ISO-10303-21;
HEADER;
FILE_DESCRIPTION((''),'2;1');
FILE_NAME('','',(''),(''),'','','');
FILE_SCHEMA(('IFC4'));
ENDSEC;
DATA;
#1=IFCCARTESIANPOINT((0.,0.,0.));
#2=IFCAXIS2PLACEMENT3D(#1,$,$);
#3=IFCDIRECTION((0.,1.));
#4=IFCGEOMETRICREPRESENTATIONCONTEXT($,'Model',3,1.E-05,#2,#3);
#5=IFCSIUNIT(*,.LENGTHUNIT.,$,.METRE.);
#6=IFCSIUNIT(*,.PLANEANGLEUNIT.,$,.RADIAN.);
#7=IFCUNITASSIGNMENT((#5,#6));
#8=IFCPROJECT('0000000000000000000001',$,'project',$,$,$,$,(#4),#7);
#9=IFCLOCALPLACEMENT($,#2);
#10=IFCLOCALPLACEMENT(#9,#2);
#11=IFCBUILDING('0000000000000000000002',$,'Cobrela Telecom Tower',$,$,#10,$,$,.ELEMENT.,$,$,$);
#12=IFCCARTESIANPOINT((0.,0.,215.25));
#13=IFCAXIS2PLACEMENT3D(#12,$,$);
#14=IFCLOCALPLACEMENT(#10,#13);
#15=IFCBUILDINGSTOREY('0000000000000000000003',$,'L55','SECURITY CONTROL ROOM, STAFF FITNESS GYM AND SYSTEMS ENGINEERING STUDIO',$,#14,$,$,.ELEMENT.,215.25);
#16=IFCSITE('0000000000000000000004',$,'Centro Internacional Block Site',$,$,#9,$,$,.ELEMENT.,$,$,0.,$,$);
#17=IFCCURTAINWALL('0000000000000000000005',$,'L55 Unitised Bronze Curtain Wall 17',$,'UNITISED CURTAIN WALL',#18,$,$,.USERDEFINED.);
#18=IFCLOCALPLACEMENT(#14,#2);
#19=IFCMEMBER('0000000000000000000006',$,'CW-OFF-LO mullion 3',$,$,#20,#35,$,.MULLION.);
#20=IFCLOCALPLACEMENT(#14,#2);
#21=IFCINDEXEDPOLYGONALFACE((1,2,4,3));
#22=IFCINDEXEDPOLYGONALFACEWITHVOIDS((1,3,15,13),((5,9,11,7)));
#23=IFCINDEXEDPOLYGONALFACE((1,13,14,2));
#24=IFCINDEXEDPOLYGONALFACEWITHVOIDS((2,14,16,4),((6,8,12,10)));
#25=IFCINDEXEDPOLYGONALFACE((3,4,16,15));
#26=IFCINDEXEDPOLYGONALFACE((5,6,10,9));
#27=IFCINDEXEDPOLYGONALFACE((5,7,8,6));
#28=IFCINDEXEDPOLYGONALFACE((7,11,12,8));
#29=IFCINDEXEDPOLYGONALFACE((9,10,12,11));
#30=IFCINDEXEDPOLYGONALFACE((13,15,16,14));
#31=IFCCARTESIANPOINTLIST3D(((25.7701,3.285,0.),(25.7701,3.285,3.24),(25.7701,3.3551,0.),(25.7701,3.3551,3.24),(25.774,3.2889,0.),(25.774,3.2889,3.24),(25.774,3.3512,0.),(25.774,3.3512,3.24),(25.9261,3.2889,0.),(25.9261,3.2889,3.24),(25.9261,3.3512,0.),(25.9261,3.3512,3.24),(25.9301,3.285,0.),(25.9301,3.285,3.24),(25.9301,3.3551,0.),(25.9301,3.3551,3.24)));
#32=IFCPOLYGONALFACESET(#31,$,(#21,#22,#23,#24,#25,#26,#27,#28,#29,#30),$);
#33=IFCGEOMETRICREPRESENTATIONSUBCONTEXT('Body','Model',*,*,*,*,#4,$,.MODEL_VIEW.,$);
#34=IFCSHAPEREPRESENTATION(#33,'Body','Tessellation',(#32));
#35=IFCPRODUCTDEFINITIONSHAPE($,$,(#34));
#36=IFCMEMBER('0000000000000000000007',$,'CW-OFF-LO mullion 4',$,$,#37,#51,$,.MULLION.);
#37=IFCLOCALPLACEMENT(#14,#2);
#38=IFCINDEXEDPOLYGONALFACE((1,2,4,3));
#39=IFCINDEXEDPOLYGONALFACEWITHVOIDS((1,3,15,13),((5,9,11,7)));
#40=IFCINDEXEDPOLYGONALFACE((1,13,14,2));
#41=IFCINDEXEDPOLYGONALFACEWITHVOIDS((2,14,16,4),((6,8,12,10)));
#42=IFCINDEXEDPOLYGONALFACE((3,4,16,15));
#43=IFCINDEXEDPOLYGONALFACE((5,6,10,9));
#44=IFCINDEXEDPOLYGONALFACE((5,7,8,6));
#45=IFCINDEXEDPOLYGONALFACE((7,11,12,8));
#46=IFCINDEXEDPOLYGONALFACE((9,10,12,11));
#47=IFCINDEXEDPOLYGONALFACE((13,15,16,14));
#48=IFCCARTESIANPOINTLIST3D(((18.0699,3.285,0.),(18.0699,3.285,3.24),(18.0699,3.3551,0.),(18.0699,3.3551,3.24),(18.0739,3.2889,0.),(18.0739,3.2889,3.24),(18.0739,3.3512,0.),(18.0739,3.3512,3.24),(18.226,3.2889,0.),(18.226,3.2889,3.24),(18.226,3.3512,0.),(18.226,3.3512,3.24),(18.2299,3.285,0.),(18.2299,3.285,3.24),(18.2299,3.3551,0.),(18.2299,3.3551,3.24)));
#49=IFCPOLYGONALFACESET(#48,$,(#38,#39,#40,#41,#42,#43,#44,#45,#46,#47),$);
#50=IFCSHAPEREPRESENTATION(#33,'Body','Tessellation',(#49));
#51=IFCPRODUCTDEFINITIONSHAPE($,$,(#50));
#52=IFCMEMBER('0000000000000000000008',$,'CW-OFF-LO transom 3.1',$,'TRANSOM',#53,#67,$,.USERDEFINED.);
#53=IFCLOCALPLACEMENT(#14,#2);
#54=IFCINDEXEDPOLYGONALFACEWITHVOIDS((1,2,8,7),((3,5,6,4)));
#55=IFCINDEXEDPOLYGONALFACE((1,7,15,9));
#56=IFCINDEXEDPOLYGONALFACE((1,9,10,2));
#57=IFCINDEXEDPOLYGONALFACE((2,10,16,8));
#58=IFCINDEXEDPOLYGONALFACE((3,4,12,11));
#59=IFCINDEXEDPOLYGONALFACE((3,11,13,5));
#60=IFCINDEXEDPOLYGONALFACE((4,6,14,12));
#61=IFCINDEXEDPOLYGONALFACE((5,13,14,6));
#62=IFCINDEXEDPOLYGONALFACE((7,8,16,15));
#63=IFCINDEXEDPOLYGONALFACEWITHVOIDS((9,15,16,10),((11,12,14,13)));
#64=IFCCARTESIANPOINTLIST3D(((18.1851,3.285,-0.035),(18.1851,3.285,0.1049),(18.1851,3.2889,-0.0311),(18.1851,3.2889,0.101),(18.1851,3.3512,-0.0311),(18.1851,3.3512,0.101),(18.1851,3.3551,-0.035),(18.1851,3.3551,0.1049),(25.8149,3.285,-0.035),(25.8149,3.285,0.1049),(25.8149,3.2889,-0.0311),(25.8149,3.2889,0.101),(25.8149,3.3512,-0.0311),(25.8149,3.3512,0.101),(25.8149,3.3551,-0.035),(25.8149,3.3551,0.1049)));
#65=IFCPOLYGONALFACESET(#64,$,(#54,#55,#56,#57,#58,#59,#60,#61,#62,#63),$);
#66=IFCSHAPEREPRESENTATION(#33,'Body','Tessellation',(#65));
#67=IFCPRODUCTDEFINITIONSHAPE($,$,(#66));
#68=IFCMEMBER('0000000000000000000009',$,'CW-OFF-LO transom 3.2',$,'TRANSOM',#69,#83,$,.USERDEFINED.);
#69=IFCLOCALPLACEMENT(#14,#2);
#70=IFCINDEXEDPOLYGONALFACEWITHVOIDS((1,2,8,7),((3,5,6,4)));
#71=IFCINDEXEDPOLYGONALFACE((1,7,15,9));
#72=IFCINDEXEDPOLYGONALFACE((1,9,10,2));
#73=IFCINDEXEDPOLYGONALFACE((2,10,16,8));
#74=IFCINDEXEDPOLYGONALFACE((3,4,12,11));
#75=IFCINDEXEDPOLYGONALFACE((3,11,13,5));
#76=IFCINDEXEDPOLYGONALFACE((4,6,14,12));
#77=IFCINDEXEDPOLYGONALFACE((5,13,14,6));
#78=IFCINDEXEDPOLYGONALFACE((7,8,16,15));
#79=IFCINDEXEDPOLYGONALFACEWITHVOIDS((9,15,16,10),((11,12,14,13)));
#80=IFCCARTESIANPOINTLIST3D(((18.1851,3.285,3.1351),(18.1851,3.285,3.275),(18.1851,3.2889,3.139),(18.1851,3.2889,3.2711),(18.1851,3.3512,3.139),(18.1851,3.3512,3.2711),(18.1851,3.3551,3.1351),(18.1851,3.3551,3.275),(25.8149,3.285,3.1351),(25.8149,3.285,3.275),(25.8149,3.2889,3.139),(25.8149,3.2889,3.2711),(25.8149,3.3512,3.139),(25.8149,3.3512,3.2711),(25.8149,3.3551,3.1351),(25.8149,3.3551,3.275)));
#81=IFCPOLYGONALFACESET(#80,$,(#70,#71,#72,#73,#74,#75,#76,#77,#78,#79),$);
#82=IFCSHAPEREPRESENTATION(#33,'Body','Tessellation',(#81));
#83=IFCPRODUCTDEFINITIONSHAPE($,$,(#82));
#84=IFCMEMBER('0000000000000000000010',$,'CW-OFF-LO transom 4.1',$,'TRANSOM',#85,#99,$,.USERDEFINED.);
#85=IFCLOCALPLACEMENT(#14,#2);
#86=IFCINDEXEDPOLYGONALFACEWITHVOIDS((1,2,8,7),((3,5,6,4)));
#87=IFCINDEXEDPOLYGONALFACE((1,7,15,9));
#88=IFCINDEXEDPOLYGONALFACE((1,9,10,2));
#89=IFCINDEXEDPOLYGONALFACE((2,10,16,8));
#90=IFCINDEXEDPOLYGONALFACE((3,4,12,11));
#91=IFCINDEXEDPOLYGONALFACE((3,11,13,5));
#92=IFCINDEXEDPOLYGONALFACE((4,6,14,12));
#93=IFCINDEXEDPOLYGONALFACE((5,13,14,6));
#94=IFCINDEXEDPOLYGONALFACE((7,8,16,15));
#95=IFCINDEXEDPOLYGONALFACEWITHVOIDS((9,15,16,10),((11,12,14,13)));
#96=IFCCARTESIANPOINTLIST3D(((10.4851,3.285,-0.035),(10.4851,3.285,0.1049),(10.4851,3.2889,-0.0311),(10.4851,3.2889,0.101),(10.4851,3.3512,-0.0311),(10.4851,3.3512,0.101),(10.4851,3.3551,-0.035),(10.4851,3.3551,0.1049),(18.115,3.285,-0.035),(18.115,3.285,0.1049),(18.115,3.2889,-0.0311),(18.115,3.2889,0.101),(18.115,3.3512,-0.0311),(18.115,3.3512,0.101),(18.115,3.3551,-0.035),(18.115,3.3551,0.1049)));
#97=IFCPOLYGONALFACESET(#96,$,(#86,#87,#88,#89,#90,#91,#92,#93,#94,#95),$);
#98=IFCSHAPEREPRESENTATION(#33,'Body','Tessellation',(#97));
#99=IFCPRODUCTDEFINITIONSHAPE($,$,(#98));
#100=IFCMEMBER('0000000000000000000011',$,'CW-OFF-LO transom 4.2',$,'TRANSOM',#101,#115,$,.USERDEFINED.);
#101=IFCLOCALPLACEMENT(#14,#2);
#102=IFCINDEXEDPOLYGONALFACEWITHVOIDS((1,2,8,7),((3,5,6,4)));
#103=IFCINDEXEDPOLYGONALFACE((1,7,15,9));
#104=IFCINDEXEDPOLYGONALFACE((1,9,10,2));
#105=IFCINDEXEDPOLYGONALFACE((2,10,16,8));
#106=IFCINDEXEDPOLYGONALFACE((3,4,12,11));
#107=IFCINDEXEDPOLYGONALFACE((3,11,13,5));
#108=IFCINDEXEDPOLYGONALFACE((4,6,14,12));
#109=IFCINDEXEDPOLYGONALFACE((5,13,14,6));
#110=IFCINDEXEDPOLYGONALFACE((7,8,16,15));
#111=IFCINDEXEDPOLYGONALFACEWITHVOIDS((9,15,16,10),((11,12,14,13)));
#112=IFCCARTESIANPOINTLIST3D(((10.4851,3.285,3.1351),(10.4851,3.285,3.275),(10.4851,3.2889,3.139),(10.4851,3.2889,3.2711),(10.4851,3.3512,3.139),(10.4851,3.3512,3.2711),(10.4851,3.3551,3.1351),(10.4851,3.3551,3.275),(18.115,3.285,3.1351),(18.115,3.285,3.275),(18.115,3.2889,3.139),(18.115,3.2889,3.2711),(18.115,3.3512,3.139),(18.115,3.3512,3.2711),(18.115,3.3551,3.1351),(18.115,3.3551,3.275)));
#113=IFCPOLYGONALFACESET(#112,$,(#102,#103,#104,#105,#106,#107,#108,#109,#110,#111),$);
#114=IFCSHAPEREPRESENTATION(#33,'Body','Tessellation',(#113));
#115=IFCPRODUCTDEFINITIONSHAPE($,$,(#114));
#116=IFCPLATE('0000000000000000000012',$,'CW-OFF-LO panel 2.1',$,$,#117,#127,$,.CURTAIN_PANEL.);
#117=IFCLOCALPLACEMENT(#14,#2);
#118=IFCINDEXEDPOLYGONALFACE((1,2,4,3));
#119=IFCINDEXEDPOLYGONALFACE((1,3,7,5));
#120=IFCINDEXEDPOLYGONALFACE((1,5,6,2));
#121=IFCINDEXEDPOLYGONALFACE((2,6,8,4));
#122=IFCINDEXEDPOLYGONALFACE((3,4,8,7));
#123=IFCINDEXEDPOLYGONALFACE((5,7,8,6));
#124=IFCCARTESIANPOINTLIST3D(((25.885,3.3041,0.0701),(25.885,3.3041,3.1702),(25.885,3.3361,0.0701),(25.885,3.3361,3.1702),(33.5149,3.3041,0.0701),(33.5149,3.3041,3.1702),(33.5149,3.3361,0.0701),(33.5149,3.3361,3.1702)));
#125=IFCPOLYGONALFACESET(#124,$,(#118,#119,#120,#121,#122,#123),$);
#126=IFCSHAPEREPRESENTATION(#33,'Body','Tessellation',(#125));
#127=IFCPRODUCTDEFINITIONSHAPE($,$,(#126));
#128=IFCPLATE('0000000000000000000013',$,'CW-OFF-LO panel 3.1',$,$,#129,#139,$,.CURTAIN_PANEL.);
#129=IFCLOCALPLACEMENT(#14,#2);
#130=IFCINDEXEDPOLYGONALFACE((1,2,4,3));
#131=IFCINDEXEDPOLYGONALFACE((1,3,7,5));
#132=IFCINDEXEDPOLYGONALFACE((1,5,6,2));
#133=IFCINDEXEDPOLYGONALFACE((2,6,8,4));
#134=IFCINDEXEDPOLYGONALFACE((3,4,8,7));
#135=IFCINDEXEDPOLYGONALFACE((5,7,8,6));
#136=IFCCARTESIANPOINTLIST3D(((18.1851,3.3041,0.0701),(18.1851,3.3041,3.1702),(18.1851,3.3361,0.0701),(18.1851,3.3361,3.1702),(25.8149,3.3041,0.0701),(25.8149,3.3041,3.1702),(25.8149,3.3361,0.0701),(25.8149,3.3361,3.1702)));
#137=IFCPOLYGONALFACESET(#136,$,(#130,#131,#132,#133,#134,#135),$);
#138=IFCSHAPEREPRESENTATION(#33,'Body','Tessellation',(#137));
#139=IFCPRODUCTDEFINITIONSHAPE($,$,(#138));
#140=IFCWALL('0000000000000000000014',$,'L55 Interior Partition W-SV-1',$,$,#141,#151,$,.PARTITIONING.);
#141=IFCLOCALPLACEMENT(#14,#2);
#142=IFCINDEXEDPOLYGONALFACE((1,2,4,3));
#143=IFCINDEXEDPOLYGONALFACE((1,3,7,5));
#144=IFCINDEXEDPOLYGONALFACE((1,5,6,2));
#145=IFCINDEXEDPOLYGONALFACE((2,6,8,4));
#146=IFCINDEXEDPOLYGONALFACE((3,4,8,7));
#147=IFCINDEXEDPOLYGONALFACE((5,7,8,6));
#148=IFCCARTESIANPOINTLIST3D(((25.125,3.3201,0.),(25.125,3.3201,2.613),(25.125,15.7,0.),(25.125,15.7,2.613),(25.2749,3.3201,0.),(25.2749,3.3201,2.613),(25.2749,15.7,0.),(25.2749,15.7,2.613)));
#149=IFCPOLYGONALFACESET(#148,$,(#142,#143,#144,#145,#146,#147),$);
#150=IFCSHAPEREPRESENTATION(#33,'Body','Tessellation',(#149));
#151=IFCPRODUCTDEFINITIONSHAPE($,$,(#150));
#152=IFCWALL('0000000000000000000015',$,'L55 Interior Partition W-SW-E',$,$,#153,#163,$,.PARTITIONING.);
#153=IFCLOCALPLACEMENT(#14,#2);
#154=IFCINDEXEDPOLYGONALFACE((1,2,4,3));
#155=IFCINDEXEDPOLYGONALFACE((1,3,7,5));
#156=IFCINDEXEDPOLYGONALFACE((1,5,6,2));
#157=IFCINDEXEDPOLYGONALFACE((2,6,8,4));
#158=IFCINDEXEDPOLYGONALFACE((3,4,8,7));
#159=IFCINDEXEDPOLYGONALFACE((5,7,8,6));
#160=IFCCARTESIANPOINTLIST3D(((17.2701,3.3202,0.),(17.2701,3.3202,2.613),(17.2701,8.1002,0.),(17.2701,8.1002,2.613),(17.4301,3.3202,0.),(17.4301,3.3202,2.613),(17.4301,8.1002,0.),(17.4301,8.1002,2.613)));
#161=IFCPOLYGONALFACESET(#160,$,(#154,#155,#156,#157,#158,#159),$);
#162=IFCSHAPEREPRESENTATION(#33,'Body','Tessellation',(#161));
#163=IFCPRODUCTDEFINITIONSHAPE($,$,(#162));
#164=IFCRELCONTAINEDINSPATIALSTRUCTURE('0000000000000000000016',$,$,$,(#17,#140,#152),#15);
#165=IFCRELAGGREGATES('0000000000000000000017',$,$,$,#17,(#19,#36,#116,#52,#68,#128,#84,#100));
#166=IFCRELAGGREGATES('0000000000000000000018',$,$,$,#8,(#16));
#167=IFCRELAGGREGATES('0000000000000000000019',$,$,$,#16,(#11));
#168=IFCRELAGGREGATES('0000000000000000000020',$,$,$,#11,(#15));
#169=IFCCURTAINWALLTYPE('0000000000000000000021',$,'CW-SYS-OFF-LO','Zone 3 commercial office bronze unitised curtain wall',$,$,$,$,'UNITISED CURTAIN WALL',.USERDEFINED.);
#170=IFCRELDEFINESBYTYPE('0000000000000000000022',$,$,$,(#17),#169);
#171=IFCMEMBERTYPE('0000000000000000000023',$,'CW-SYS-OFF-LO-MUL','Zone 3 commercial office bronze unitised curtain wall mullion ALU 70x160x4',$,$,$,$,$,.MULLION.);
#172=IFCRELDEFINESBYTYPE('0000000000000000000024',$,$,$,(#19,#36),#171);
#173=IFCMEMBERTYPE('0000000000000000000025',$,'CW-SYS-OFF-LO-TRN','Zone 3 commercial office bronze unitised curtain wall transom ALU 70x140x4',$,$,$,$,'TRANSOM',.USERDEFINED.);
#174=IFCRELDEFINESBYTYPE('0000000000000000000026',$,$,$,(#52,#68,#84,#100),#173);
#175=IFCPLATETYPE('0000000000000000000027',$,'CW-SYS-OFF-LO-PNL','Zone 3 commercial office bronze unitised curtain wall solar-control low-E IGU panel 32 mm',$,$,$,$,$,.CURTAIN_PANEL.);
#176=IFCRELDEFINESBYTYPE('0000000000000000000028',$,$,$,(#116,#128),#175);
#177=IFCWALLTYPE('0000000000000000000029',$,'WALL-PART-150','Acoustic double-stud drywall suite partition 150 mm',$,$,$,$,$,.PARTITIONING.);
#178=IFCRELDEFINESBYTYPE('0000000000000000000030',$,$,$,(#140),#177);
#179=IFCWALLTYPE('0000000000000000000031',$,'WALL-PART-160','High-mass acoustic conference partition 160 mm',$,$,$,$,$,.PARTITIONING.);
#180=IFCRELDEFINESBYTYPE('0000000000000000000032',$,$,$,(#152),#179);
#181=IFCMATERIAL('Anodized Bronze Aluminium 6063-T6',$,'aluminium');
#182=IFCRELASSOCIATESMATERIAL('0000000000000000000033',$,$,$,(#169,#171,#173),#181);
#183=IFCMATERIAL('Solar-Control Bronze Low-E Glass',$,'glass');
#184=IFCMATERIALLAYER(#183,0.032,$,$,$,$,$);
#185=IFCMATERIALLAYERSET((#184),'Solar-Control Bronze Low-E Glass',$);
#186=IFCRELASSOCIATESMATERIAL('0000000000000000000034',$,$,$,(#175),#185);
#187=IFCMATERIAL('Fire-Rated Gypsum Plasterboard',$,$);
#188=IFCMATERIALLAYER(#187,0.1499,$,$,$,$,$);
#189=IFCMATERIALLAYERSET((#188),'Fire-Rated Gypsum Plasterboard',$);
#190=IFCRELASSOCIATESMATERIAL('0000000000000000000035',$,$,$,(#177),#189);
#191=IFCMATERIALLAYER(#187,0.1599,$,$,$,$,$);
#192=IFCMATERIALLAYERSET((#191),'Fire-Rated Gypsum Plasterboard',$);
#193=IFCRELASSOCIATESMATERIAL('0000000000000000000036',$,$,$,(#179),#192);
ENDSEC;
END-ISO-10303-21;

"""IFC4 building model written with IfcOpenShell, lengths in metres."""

from ifc_helpers import new_model, si_unit, direction, frame, frame_2d, origin, origin_2d, place, context, subcontext, project, spatial, rectangle, hollow_rectangle, extrude, material, layer, layer_set, material_profile, profile_set, type_object, element, aggregate, save


model = new_model("IFC4")

# Units and contexts
model_context = context("Model", 3, precision=1e-05, world=origin(), true_north=direction((0.0, 1.0)))
body_context = subcontext(model_context, "Body", "Model", "MODEL_VIEW")
ifc_project = project(units=[si_unit("LENGTHUNIT", "METRE"), si_unit("PLANEANGLEUNIT", "RADIAN")], contexts=[model_context])

# Site, building, storey
site_placement = place(None, origin())
site = spatial("IfcSite", under=ifc_project, at=site_placement, Name="Centro Internacional Block Site", CompositionType="ELEMENT", RefElevation=0.0)
building_placement = place(site_placement, origin())
building = spatial("IfcBuilding", under=site, at=building_placement, Name="Cobrela Telecom Tower", CompositionType="ELEMENT")
storey_placement = place(building_placement, frame((0.0, 0.0, 215.25)))
storey = spatial("IfcBuildingStorey", under=building, at=storey_placement, Name="L55", Description="SECURITY CONTROL ROOM, STAFF FITNESS GYM AND SYSTEMS ENGINEERING STUDIO", CompositionType="ELEMENT", Elevation=215.25)

# Curtain wall, members, plates
ifc_material_1 = material(Name="Anodized Bronze Aluminium 6063-T6", Category="aluminium")
curtain_wall_type = type_object("IfcCurtainWallType", Name="CW-SYS-OFF-LO", Description="Zone 3 commercial office bronze unitised curtain wall", ElementType="UNITISED CURTAIN WALL", PredefinedType="USERDEFINED", material=ifc_material_1)
curtain_wall_placement = place(storey_placement, origin())
curtain_wall = element("IfcCurtainWall", 1, at=curtain_wall_placement, inside=storey, type_object=curtain_wall_type, Name="L55 Unitised Bronze Curtain Wall 17", ObjectType="UNITISED CURTAIN WALL", PredefinedType="USERDEFINED")
ifc_material_profile_1 = material_profile(ifc_material_1, hollow_rectangle(XDim=0.0701, YDim=0.1599, WallThickness=0.0039, at=origin_2d()), Name="ALU 70x160x4")
ifc_profile_set_1 = profile_set([ifc_material_profile_1], Name="Anodized Bronze Aluminium 6063-T6")
member_type_1 = type_object("IfcMemberType", Name="CW-SYS-OFF-LO-MUL", Description="Zone 3 commercial office bronze unitised curtain wall mullion ALU 70x160x4", PredefinedType="MULLION", material=ifc_profile_set_1)
member_1_placement = place(storey_placement, frame((25.8501, 3.3201, 0.0), z_axis=(0.0, 0.0, 1.0), x_axis=(0.0, -1.0, 0.0)))
member_1 = element("IfcMember", 2, at=member_1_placement, type_object=member_type_1, Name="CW-OFF-LO mullion 3", PredefinedType="MULLION", context=body_context, shape_type="SweptSolid", body=[
    extrude(hollow_rectangle(XDim=0.0701, YDim=0.1599, WallThickness=0.0039, at=origin_2d()), origin(), (0.0, 0.0, 1.0), 3.24),
])
member_2_placement = place(storey_placement, frame((18.1499, 3.3201, 0.0), z_axis=(0.0, 0.0, 1.0), x_axis=(0.0, -1.0, 0.0)))
member_2 = element("IfcMember", 3, at=member_2_placement, type_object=member_type_1, Name="CW-OFF-LO mullion 4", PredefinedType="MULLION", context=body_context, shape_type="SweptSolid", body=[
    extrude(hollow_rectangle(XDim=0.0701, YDim=0.1599, WallThickness=0.0039, at=origin_2d()), origin(), (0.0, 0.0, 1.0), 3.24),
])
ifc_material_profile_2 = material_profile(ifc_material_1, hollow_rectangle(XDim=0.0701, YDim=0.1399, WallThickness=0.0039, at=origin_2d()), Name="ALU 70x140x4")
ifc_profile_set_2 = profile_set([ifc_material_profile_2], Name="Anodized Bronze Aluminium 6063-T6")
member_type_2 = type_object("IfcMemberType", Name="CW-SYS-OFF-LO-TRN", Description="Zone 3 commercial office bronze unitised curtain wall transom ALU 70x140x4", ElementType="TRANSOM", PredefinedType="USERDEFINED", material=ifc_profile_set_2)
member_3_placement = place(storey_placement, frame((25.8149, 3.3201, 0.0349), z_axis=(-1.0, 0.0, 0.0), x_axis=(0.0, -1.0, 0.0)))
member_3 = element("IfcMember", 4, at=member_3_placement, type_object=member_type_2, Name="CW-OFF-LO transom 3.1", ObjectType="TRANSOM", PredefinedType="USERDEFINED", context=body_context, shape_type="SweptSolid", body=[
    extrude(hollow_rectangle(XDim=0.0701, YDim=0.1399, WallThickness=0.0039, at=origin_2d()), origin(), (0.0, 0.0, 1.0), 7.6299),
])
member_4_placement = place(storey_placement, frame((25.8149, 3.3201, 3.2051), z_axis=(-1.0, 0.0, 0.0), x_axis=(0.0, -1.0, 0.0)))
member_4 = element("IfcMember", 5, at=member_4_placement, type_object=member_type_2, Name="CW-OFF-LO transom 3.2", ObjectType="TRANSOM", PredefinedType="USERDEFINED", context=body_context, shape_type="SweptSolid", body=[
    extrude(hollow_rectangle(XDim=0.0701, YDim=0.1399, WallThickness=0.0039, at=origin_2d()), origin(), (0.0, 0.0, 1.0), 7.6299),
])
member_5_placement = place(storey_placement, frame((18.115, 3.3201, 0.0349), z_axis=(-1.0, 0.0, 0.0), x_axis=(0.0, -1.0, 0.0)))
member_5 = element("IfcMember", 6, at=member_5_placement, type_object=member_type_2, Name="CW-OFF-LO transom 4.1", ObjectType="TRANSOM", PredefinedType="USERDEFINED", context=body_context, shape_type="SweptSolid", body=[
    extrude(hollow_rectangle(XDim=0.0701, YDim=0.1399, WallThickness=0.0039, at=origin_2d()), origin(), (0.0, 0.0, 1.0), 7.6299),
])
member_6_placement = place(storey_placement, frame((18.115, 3.3201, 3.2051), z_axis=(-1.0, 0.0, 0.0), x_axis=(0.0, -1.0, 0.0)))
member_6 = element("IfcMember", 7, at=member_6_placement, type_object=member_type_2, Name="CW-OFF-LO transom 4.2", ObjectType="TRANSOM", PredefinedType="USERDEFINED", context=body_context, shape_type="SweptSolid", body=[
    extrude(hollow_rectangle(XDim=0.0701, YDim=0.1399, WallThickness=0.0039, at=origin_2d()), origin(), (0.0, 0.0, 1.0), 7.6299),
])
ifc_material_2 = material(Name="Solar-Control Bronze Low-E Glass", Category="glass")
ifc_layer_1 = layer(ifc_material_2, 0.032)
ifc_layer_set_1 = layer_set([ifc_layer_1], Name="Solar-Control Bronze Low-E Glass")
plate_type = type_object("IfcPlateType", Name="CW-SYS-OFF-LO-PNL", Description="Zone 3 commercial office bronze unitised curtain wall solar-control low-E IGU panel 32 mm", PredefinedType="CURTAIN_PANEL", material=ifc_layer_set_1)
plate_1_placement = place(storey_placement, frame((29.7, 3.3201, 0.0701), z_axis=(0.0, 0.0, 1.0), x_axis=(-1.0, 0.0, 0.0)))
plate_1 = element("IfcPlate", 8, at=plate_1_placement, type_object=plate_type, Name="CW-OFF-LO panel 2.1", PredefinedType="CURTAIN_PANEL", context=body_context, shape_type="SweptSolid", body=[
    extrude(rectangle(XDim=7.6299, YDim=0.032, at=origin_2d()), origin(), (0.0, 0.0, 1.0), 3.1001),
])
plate_2_placement = place(storey_placement, frame((22.0, 3.3201, 0.0701), z_axis=(0.0, 0.0, 1.0), x_axis=(-1.0, 0.0, 0.0)))
plate_2 = element("IfcPlate", 9, at=plate_2_placement, type_object=plate_type, Name="CW-OFF-LO panel 3.1", PredefinedType="CURTAIN_PANEL", context=body_context, shape_type="SweptSolid", body=[
    extrude(rectangle(XDim=7.6299, YDim=0.032, at=origin_2d()), origin(), (0.0, 0.0, 1.0), 3.1001),
])
aggregate(curtain_wall, [member_1, member_2, plate_1, member_3, member_4, plate_2, member_5, member_6])

# Walls
ifc_material_3 = material(Name="Fire-Rated Gypsum Plasterboard")
ifc_layer_2 = layer(ifc_material_3, 0.1499)
ifc_layer_set_2 = layer_set([ifc_layer_2], Name="Fire-Rated Gypsum Plasterboard")
wall_type_1 = type_object("IfcWallType", Name="WALL-PART-150", Description="Acoustic double-stud drywall suite partition 150 mm", PredefinedType="PARTITIONING", material=ifc_layer_set_2)
wall_1_placement = place(storey_placement, frame((25.2, 3.3201, 0.0), z_axis=(0.0, 0.0, 1.0), x_axis=(0.0, 1.0, 0.0)))
element("IfcWall", 10, at=wall_1_placement, inside=storey, type_object=wall_type_1, Name="L55 Interior Partition W-SV-1", PredefinedType="PARTITIONING", context=body_context, shape_type="SweptSolid", body=[
    extrude(rectangle(XDim=12.3799, YDim=0.1499, at=frame_2d((6.1899, 0.0))), origin(), (0.0, 0.0, 1.0), 2.613),
])
ifc_layer_3 = layer(ifc_material_3, 0.1599)
ifc_layer_set_3 = layer_set([ifc_layer_3], Name="Fire-Rated Gypsum Plasterboard")
wall_type_2 = type_object("IfcWallType", Name="WALL-PART-160", Description="High-mass acoustic conference partition 160 mm", PredefinedType="PARTITIONING", material=ifc_layer_set_3)
wall_2_placement = place(storey_placement, frame((17.3501, 3.3201, 0.0), z_axis=(0.0, 0.0, 1.0), x_axis=(0.0, 1.0, 0.0)))
element("IfcWall", 11, at=wall_2_placement, inside=storey, type_object=wall_type_2, Name="L55 Interior Partition W-SW-E", PredefinedType="PARTITIONING", context=body_context, shape_type="SweptSolid", body=[
    extrude(rectangle(XDim=4.78, YDim=0.1599, at=frame_2d((2.3901, 0.0))), origin(), (0.0, 0.0, 1.0), 2.613),
])

save(model, "model.ifc")
